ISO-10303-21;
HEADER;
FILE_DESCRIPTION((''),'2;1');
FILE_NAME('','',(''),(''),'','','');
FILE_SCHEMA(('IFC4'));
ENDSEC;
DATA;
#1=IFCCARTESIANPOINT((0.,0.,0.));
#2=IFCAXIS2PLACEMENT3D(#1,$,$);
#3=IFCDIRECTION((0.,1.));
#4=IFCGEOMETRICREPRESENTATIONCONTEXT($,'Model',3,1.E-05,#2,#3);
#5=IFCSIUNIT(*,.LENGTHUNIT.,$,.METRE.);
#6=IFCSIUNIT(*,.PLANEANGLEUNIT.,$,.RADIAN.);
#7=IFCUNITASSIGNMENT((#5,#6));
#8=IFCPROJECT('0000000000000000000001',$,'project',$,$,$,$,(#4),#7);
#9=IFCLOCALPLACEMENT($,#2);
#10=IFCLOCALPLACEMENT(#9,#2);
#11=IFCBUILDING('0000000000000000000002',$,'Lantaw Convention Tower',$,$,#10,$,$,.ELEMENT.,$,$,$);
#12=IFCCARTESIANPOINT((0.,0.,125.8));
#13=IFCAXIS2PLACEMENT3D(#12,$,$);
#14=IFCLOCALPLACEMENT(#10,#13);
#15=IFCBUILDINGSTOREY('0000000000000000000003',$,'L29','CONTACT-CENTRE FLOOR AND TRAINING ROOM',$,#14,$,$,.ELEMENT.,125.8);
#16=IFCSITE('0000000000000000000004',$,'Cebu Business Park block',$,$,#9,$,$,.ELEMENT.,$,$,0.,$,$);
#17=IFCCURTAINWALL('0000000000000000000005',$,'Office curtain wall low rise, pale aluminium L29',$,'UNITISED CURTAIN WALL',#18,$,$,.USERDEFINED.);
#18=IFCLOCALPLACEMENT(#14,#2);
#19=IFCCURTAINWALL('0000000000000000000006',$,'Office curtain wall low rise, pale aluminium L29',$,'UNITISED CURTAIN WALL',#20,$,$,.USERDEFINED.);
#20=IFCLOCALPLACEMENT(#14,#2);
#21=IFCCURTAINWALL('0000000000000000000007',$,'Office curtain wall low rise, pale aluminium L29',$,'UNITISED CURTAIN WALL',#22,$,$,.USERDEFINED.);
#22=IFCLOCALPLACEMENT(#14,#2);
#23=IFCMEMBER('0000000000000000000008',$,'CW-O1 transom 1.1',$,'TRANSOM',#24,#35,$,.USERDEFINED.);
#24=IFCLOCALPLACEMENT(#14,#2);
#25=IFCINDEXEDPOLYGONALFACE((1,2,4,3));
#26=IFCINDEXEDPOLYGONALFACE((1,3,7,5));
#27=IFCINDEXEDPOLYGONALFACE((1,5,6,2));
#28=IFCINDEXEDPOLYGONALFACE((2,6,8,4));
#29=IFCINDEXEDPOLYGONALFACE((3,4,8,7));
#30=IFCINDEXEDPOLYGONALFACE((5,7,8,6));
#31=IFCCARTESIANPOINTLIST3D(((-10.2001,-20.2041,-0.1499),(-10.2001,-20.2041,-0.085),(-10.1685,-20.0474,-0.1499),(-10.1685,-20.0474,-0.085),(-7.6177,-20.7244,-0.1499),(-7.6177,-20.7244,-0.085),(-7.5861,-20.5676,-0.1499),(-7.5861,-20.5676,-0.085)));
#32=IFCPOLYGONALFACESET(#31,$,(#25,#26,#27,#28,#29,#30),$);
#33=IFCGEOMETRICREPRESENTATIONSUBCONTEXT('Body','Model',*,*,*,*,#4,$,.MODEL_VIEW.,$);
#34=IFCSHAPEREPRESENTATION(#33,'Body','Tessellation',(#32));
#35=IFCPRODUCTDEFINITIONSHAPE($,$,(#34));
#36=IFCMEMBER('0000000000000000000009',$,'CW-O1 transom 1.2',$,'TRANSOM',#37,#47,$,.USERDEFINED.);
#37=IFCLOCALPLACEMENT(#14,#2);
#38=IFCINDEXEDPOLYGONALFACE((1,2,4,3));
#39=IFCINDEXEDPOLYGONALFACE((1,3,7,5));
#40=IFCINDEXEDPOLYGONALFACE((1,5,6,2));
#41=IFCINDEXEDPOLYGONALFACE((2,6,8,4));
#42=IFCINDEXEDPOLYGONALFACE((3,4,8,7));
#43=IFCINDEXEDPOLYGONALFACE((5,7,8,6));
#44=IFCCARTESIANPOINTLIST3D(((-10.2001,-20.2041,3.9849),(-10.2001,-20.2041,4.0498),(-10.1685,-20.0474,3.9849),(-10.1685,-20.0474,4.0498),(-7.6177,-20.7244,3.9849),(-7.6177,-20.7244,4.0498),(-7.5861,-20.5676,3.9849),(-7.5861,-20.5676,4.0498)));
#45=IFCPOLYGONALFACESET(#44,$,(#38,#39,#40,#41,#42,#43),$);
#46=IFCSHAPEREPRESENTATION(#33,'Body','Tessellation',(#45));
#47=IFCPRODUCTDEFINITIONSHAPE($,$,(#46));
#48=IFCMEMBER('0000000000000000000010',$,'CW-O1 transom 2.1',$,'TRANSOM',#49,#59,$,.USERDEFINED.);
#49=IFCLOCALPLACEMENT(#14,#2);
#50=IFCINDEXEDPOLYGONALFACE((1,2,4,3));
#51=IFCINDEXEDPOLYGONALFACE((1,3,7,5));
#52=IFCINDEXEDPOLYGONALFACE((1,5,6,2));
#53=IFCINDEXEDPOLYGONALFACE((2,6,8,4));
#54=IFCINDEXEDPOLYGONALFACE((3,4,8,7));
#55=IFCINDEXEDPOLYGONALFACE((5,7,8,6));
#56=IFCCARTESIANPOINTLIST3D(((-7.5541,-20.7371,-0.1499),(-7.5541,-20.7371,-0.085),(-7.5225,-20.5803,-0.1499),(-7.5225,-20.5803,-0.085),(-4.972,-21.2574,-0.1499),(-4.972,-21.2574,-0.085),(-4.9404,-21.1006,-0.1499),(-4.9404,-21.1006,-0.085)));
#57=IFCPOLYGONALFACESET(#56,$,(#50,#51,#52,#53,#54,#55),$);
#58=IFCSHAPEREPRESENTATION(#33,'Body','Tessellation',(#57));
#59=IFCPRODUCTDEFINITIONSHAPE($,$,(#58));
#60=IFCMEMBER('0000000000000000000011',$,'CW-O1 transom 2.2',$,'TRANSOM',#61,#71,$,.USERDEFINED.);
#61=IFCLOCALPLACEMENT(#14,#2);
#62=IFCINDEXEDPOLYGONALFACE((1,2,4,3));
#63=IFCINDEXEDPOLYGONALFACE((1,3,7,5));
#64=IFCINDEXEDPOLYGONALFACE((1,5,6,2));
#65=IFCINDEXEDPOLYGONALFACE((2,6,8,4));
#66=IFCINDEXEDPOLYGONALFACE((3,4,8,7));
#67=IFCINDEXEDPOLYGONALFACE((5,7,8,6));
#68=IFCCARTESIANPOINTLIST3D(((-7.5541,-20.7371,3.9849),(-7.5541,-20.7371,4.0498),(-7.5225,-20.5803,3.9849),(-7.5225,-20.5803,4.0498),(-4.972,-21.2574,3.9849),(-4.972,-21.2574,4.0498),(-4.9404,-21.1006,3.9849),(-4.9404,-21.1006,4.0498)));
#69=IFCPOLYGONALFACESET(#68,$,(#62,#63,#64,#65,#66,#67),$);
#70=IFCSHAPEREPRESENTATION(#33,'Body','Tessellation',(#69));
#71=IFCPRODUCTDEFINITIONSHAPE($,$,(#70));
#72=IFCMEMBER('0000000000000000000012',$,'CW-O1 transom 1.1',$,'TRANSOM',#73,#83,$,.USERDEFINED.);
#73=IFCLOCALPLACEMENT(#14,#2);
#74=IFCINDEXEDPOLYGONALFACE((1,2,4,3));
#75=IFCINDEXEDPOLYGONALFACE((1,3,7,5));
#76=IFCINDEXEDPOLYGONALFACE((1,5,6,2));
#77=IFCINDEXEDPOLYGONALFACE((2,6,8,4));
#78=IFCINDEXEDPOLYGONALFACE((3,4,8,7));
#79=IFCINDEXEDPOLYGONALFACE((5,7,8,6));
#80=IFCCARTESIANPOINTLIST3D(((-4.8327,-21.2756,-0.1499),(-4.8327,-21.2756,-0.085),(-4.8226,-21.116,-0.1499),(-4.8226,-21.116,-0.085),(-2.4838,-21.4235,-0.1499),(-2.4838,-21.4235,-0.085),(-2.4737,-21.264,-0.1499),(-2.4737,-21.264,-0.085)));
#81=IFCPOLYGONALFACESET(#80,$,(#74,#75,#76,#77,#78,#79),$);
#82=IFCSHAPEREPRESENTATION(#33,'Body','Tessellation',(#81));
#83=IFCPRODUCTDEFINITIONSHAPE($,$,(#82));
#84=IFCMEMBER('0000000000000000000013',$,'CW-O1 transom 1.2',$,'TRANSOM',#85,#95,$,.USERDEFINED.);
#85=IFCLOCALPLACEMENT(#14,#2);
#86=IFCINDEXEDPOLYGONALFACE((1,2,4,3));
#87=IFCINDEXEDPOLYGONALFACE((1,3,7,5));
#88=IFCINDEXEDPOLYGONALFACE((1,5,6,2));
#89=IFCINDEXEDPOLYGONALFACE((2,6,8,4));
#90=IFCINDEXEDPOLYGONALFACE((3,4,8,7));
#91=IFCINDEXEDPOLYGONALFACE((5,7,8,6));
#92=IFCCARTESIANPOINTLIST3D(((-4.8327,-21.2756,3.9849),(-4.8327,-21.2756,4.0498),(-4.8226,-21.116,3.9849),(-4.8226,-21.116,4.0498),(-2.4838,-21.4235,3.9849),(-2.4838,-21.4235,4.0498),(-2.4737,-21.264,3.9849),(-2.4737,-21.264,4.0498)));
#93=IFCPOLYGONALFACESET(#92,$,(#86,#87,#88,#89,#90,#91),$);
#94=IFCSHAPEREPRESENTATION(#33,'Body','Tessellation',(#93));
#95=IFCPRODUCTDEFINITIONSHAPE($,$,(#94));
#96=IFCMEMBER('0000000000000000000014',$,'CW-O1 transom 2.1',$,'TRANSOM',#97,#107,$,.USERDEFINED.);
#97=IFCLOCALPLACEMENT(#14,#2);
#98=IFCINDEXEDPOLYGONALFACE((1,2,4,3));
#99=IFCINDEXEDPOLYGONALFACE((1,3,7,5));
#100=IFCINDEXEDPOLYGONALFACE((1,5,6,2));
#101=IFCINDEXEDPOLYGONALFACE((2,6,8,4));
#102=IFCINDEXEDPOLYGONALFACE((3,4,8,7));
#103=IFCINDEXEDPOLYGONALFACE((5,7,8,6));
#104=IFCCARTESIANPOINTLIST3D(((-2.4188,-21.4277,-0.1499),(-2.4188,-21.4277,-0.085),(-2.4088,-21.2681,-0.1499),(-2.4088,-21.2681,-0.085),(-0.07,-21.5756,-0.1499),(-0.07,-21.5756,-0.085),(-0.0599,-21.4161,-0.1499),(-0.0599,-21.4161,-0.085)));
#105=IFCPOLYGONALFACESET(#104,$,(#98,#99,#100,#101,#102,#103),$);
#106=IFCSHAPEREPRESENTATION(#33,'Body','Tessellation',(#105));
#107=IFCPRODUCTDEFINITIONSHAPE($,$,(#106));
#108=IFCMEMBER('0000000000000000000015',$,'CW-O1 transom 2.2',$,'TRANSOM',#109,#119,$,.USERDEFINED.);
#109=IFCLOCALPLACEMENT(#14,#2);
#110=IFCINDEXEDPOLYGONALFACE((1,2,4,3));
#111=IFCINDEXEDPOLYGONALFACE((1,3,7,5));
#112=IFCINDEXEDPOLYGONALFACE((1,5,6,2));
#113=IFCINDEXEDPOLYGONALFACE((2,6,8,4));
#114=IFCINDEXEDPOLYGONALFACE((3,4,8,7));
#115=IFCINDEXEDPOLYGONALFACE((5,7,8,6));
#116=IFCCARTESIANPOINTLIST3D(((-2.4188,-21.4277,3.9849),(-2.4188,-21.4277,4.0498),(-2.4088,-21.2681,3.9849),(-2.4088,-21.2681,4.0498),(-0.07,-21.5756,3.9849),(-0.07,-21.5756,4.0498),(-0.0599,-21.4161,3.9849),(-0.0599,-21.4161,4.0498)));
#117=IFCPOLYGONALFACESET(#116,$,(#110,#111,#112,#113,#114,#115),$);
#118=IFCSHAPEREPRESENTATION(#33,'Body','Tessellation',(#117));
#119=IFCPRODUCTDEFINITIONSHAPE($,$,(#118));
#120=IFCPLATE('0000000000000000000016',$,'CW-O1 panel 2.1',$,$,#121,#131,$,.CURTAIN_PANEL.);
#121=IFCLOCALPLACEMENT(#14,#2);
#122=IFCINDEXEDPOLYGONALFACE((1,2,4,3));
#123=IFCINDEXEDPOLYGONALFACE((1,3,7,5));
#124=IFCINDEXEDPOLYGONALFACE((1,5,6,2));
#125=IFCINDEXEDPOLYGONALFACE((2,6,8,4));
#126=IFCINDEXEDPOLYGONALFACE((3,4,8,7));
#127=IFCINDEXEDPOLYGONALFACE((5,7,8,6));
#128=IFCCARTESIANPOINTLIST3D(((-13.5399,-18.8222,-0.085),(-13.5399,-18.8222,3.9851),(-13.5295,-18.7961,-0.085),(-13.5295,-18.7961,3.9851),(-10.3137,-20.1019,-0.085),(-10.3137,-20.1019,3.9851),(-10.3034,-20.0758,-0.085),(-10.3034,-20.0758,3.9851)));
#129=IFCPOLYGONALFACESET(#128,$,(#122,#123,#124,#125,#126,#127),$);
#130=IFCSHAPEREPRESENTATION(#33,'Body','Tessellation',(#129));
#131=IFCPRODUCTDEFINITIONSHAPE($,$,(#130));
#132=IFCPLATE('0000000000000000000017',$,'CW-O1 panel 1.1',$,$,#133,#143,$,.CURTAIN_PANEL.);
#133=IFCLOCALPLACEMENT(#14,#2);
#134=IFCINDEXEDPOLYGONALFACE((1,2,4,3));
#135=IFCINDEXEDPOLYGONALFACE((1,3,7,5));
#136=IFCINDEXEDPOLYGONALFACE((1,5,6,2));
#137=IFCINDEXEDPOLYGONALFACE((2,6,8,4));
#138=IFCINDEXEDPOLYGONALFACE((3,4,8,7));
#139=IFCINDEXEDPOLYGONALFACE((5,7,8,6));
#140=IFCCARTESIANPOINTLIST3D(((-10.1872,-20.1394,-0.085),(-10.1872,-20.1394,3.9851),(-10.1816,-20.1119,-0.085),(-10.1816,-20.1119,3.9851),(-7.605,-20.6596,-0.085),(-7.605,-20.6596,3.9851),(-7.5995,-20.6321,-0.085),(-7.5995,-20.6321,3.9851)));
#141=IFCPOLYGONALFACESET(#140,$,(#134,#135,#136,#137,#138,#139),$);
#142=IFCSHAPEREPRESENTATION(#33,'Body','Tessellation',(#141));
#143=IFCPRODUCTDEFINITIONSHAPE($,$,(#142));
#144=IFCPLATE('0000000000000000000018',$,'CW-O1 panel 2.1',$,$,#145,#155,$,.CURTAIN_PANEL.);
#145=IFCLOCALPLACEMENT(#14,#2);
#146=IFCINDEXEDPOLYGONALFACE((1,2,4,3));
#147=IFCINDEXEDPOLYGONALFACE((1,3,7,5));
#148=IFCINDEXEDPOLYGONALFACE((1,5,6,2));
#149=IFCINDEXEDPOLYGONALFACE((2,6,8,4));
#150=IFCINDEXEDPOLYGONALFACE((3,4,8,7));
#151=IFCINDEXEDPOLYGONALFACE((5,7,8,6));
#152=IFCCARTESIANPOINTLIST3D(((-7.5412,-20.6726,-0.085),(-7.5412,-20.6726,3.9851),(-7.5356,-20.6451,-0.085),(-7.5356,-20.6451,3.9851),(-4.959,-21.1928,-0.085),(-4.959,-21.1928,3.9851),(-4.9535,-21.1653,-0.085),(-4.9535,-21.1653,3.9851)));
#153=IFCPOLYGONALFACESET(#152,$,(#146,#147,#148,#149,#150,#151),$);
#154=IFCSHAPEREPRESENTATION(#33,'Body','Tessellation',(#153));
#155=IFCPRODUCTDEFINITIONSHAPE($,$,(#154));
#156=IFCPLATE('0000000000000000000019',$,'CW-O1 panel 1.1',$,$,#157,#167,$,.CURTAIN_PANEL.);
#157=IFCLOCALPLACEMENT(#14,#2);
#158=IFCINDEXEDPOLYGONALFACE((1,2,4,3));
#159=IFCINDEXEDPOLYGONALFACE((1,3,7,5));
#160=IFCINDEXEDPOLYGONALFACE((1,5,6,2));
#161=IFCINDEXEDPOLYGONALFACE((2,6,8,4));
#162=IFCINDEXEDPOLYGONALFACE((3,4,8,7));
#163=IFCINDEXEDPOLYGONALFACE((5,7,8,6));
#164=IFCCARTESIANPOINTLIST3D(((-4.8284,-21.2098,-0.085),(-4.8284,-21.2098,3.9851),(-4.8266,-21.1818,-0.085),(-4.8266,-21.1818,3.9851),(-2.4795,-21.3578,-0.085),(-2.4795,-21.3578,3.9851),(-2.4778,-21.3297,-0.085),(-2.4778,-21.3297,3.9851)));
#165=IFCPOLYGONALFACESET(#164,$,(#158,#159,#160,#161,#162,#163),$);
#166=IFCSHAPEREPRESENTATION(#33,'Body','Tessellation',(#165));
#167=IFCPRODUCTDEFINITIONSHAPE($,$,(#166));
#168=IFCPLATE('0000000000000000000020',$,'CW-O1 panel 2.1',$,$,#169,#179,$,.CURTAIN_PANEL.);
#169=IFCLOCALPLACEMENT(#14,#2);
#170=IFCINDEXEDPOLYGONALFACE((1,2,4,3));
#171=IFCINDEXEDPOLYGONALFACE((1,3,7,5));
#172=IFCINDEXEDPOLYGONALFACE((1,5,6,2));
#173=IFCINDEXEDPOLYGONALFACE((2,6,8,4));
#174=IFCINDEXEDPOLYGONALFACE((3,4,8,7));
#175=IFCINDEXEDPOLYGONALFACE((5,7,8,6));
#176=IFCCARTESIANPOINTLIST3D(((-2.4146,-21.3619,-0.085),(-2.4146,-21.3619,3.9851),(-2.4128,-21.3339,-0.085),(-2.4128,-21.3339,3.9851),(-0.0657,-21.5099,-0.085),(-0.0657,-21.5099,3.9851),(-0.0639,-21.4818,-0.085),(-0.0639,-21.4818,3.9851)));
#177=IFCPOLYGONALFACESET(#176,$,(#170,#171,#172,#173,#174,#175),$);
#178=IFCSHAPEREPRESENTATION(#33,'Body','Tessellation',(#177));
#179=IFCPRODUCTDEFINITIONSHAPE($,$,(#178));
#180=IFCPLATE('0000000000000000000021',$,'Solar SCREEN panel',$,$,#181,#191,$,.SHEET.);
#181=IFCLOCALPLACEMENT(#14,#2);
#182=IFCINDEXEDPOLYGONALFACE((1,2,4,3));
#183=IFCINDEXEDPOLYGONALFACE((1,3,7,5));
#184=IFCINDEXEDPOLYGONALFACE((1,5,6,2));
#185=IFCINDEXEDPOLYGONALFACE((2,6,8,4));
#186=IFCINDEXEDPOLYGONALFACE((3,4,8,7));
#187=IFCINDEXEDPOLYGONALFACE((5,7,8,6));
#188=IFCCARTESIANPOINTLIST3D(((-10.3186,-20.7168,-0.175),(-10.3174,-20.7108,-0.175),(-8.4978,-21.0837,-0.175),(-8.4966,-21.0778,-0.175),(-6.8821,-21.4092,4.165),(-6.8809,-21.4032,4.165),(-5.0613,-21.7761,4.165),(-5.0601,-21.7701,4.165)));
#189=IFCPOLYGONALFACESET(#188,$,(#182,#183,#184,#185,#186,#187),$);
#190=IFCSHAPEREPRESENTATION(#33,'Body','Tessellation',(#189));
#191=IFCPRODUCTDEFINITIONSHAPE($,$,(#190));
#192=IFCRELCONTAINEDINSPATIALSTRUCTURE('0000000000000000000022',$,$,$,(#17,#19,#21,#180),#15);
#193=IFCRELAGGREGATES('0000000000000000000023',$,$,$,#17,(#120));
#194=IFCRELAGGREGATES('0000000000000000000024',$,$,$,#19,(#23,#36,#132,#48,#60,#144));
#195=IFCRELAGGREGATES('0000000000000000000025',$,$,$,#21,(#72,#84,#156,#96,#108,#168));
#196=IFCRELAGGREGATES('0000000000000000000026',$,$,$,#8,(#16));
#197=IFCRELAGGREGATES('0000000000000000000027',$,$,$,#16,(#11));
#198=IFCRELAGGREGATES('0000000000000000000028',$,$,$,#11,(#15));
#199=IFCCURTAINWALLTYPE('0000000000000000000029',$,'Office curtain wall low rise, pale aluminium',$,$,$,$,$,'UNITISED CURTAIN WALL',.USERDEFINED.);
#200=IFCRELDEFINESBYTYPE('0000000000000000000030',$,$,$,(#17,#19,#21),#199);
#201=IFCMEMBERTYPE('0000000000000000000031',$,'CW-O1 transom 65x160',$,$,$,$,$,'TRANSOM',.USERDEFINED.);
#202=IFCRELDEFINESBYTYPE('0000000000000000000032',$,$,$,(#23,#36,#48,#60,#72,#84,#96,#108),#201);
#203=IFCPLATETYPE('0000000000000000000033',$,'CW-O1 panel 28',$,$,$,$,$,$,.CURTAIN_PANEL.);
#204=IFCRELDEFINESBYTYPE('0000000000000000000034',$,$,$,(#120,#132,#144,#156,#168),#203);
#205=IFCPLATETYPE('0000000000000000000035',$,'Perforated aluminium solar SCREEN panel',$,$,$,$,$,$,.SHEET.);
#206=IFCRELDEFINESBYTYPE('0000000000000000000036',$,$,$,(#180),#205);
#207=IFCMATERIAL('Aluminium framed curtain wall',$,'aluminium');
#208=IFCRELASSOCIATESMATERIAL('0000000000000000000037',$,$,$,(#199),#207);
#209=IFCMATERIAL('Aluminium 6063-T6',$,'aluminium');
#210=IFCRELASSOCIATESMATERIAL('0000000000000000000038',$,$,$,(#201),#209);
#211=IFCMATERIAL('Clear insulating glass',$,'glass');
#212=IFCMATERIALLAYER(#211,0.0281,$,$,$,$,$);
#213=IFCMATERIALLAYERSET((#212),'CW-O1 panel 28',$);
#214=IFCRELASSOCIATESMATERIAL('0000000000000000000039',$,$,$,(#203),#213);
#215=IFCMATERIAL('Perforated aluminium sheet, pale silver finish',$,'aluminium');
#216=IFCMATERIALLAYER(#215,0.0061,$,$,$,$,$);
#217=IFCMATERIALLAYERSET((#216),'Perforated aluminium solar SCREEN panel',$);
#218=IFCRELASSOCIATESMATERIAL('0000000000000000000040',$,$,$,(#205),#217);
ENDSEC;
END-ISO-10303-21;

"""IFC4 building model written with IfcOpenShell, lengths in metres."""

from ifc_helpers import new_model, si_unit, direction, frame, origin, origin_2d, place, context, subcontext, project, spatial, polyline, rectangle, outline, extrude, material, layer, layer_set, material_profile, profile_set, type_object, element, aggregate, save


model = new_model("IFC4")

# Units and contexts
model_context = context("Model", 3, precision=1e-05, world=origin(), true_north=direction((0.0, 1.0)))
body_context = subcontext(model_context, "Body", "Model", "MODEL_VIEW")
ifc_project = project(units=[si_unit("LENGTHUNIT", "METRE"), si_unit("PLANEANGLEUNIT", "RADIAN")], contexts=[model_context])

# Site, building, storey
site_placement = place(None, origin())
site = spatial("IfcSite", under=ifc_project, at=site_placement, Name="Cebu Business Park block", CompositionType="ELEMENT", RefElevation=0.0)
building_placement = place(site_placement, origin())
building = spatial("IfcBuilding", under=site, at=building_placement, Name="Lantaw Convention Tower", CompositionType="ELEMENT")
storey_placement = place(building_placement, frame((0.0, 0.0, 125.8)))
storey = spatial("IfcBuildingStorey", under=building, at=storey_placement, Name="L29", Description="CONTACT-CENTRE FLOOR AND TRAINING ROOM", CompositionType="ELEMENT", Elevation=125.8)

# Curtain wall
ifc_material_1 = material(Name="Aluminium framed curtain wall", Category="aluminium")
curtain_wall_type = type_object("IfcCurtainWallType", Name="Office curtain wall low rise, pale aluminium", ElementType="UNITISED CURTAIN WALL", PredefinedType="USERDEFINED", material=ifc_material_1)
curtain_wall_1_placement = place(storey_placement, origin())
curtain_wall_1 = element("IfcCurtainWall", 1, at=curtain_wall_1_placement, inside=storey, type_object=curtain_wall_type, Name="Office curtain wall low rise, pale aluminium L29", ObjectType="UNITISED CURTAIN WALL", PredefinedType="USERDEFINED")
ifc_material_2 = material(Name="Aluminium 6063-T6", Category="aluminium")

# Curtain walls
curtain_wall_2_placement = place(storey_placement, origin())
curtain_wall_2 = element("IfcCurtainWall", 2, at=curtain_wall_2_placement, inside=storey, type_object=curtain_wall_type, Name="Office curtain wall low rise, pale aluminium L29", ObjectType="UNITISED CURTAIN WALL", PredefinedType="USERDEFINED")
curtain_wall_3_placement = place(storey_placement, origin())
curtain_wall_3 = element("IfcCurtainWall", 3, at=curtain_wall_3_placement, inside=storey, type_object=curtain_wall_type, Name="Office curtain wall low rise, pale aluminium L29", ObjectType="UNITISED CURTAIN WALL", PredefinedType="USERDEFINED")

# Members
ifc_material_profile_1 = material_profile(ifc_material_2, rectangle(XDim=0.1599, YDim=0.0649, at=origin_2d()), Name="CW-O1 transom 65x160")
ifc_profile_set_1 = profile_set([ifc_material_profile_1], Name="Aluminium 6063-T6")
member_type_1 = type_object("IfcMemberType", Name="CW-O1 transom 65x160", ElementType="TRANSOM", PredefinedType="USERDEFINED", material=ifc_profile_set_1)
member_1_placement = place(storey_placement, frame((-10.1843, -20.1257, -0.1174), z_axis=(0.980302, -0.197506, 0.0), x_axis=(0.197506, 0.980302, 0.0)))
member_1 = element("IfcMember", 4, at=member_1_placement, type_object=member_type_1, Name="CW-O1 transom 1.1", ObjectType="TRANSOM", PredefinedType="USERDEFINED", context=body_context, shape_type="SweptSolid", body=[
    extrude(rectangle(XDim=0.1599, YDim=0.0649, at=origin_2d()), origin(), (0.0, 0.0, 1.0), 2.6343),
])
member_2_placement = place(storey_placement, frame((-10.1843, -20.1257, 4.0173), z_axis=(0.980302, -0.197506, 0.0), x_axis=(0.197506, 0.980302, 0.0)))
member_2 = element("IfcMember", 5, at=member_2_placement, type_object=member_type_1, Name="CW-O1 transom 1.2", ObjectType="TRANSOM", PredefinedType="USERDEFINED", context=body_context, shape_type="SweptSolid", body=[
    extrude(rectangle(XDim=0.1599, YDim=0.0649, at=origin_2d()), origin(), (0.0, 0.0, 1.0), 2.6343),
])
member_3_placement = place(storey_placement, frame((-7.5383, -20.6587, -0.1174), z_axis=(0.980298, -0.197524, 0.0), x_axis=(0.197524, 0.980298, 0.0)))
member_3 = element("IfcMember", 6, at=member_3_placement, type_object=member_type_1, Name="CW-O1 transom 2.1", ObjectType="TRANSOM", PredefinedType="USERDEFINED", context=body_context, shape_type="SweptSolid", body=[
    extrude(rectangle(XDim=0.1599, YDim=0.0649, at=origin_2d()), origin(), (0.0, 0.0, 1.0), 2.634),
])
member_4_placement = place(storey_placement, frame((-7.5383, -20.6587, 4.0173), z_axis=(0.980298, -0.197524, 0.0), x_axis=(0.197524, 0.980298, 0.0)))
member_4 = element("IfcMember", 7, at=member_4_placement, type_object=member_type_1, Name="CW-O1 transom 2.2", ObjectType="TRANSOM", PredefinedType="USERDEFINED", context=body_context, shape_type="SweptSolid", body=[
    extrude(rectangle(XDim=0.1599, YDim=0.0649, at=origin_2d()), origin(), (0.0, 0.0, 1.0), 2.634),
])
member_5_placement = place(storey_placement, frame((-4.8276, -21.1958, -0.1174), z_axis=(0.998022, -0.062863, 0.0), x_axis=(0.062863, 0.998022, 0.0)))
member_5 = element("IfcMember", 8, at=member_5_placement, type_object=member_type_1, Name="CW-O1 transom 1.1", ObjectType="TRANSOM", PredefinedType="USERDEFINED", context=body_context, shape_type="SweptSolid", body=[
    extrude(rectangle(XDim=0.1599, YDim=0.0649, at=origin_2d()), origin(), (0.0, 0.0, 1.0), 2.3535),
])
member_6_placement = place(storey_placement, frame((-4.8276, -21.1958, 4.0173), z_axis=(0.998022, -0.062863, 0.0), x_axis=(0.062863, 0.998022, 0.0)))
member_6 = element("IfcMember", 9, at=member_6_placement, type_object=member_type_1, Name="CW-O1 transom 1.2", ObjectType="TRANSOM", PredefinedType="USERDEFINED", context=body_context, shape_type="SweptSolid", body=[
    extrude(rectangle(XDim=0.1599, YDim=0.0649, at=origin_2d()), origin(), (0.0, 0.0, 1.0), 2.3535),
])
member_7_placement = place(storey_placement, frame((-2.4138, -21.3479, -0.1174), z_axis=(0.998022, -0.062863, 0.0), x_axis=(0.062863, 0.998022, 0.0)))
member_7 = element("IfcMember", 10, at=member_7_placement, type_object=member_type_1, Name="CW-O1 transom 2.1", ObjectType="TRANSOM", PredefinedType="USERDEFINED", context=body_context, shape_type="SweptSolid", body=[
    extrude(rectangle(XDim=0.1599, YDim=0.0649, at=origin_2d()), origin(), (0.0, 0.0, 1.0), 2.3535),
])
member_8_placement = place(storey_placement, frame((-2.4138, -21.3479, 4.0173), z_axis=(0.998022, -0.062863, 0.0), x_axis=(0.062863, 0.998022, 0.0)))
member_8 = element("IfcMember", 11, at=member_8_placement, type_object=member_type_1, Name="CW-O1 transom 2.2", ObjectType="TRANSOM", PredefinedType="USERDEFINED", context=body_context, shape_type="SweptSolid", body=[
    extrude(rectangle(XDim=0.1599, YDim=0.0649, at=origin_2d()), origin(), (0.0, 0.0, 1.0), 2.3535),
])

# Plates
ifc_material_3 = material(Name="Clear insulating glass", Category="glass")
ifc_layer_1 = layer(ifc_material_3, 0.0281)
ifc_layer_set_1 = layer_set([ifc_layer_1], Name="CW-O1 panel 28")
plate_type_1 = type_object("IfcPlateType", Name="CW-O1 panel 28", PredefinedType="CURTAIN_PANEL", material=ifc_layer_set_1)
plate_1_placement = place(storey_placement, frame((-11.9216, -19.449, -0.085), z_axis=(0.0, 0.0, 1.0), x_axis=(0.929548, -0.368702, 0.0)))
plate_1 = element("IfcPlate", 12, at=plate_1_placement, type_object=plate_type_1, Name="CW-O1 panel 2.1", PredefinedType="CURTAIN_PANEL", context=body_context, shape_type="SweptSolid", body=[
    extrude(rectangle(XDim=3.4707, YDim=0.0281, at=origin_2d()), origin(), (0.0, 0.0, 1.0), 4.0701),
])
aggregate(curtain_wall_1, [plate_1])
plate_2_placement = place(storey_placement, frame((-8.8933, -20.3857, -0.085), z_axis=(0.0, 0.0, 1.0), x_axis=(0.980302, -0.197507, 0.0)))
plate_2 = element("IfcPlate", 13, at=plate_2_placement, type_object=plate_type_1, Name="CW-O1 panel 1.1", PredefinedType="CURTAIN_PANEL", context=body_context, shape_type="SweptSolid", body=[
    extrude(rectangle(XDim=2.634, YDim=0.0281, at=origin_2d()), origin(), (0.0, 0.0, 1.0), 4.0701),
])
plate_3_placement = place(storey_placement, frame((-6.2473, -20.9189, -0.085), z_axis=(0.0, 0.0, 1.0), x_axis=(0.980302, -0.197507, 0.0)))
plate_3 = element("IfcPlate", 14, at=plate_3_placement, type_object=plate_type_1, Name="CW-O1 panel 2.1", PredefinedType="CURTAIN_PANEL", context=body_context, shape_type="SweptSolid", body=[
    extrude(rectangle(XDim=2.634, YDim=0.0281, at=origin_2d()), origin(), (0.0, 0.0, 1.0), 4.0701),
])
aggregate(curtain_wall_2, [member_1, member_2, plate_2, member_3, member_4, plate_3])
plate_4_placement = place(storey_placement, frame((-3.6531, -21.2698, -0.085), z_axis=(0.0, 0.0, 1.0), x_axis=(0.998022, -0.062865, 0.0)))
plate_4 = element("IfcPlate", 15, at=plate_4_placement, type_object=plate_type_1, Name="CW-O1 panel 1.1", PredefinedType="CURTAIN_PANEL", context=body_context, shape_type="SweptSolid", body=[
    extrude(rectangle(XDim=2.3535, YDim=0.0281, at=origin_2d()), origin(), (0.0, 0.0, 1.0), 4.0701),
])
plate_5_placement = place(storey_placement, frame((-1.2393, -21.4219, -0.085), z_axis=(0.0, 0.0, 1.0), x_axis=(0.998022, -0.062865, 0.0)))
plate_5 = element("IfcPlate", 16, at=plate_5_placement, type_object=plate_type_1, Name="CW-O1 panel 2.1", PredefinedType="CURTAIN_PANEL", context=body_context, shape_type="SweptSolid", body=[
    extrude(rectangle(XDim=2.3535, YDim=0.0281, at=origin_2d()), origin(), (0.0, 0.0, 1.0), 4.0701),
])
aggregate(curtain_wall_3, [member_5, member_6, plate_4, member_7, member_8, plate_5])

# Plate
ifc_material_4 = material(Name="Perforated aluminium sheet, pale silver finish", Category="aluminium")
ifc_layer_2 = layer(ifc_material_4, 0.0061)
ifc_layer_set_2 = layer_set([ifc_layer_2], Name="Perforated aluminium solar SCREEN panel")
plate_type_2 = type_object("IfcPlateType", Name="Perforated aluminium solar SCREEN panel", PredefinedType="SHEET", material=ifc_layer_set_2)
plate_6_placement = place(storey_placement, frame((-10.3186, -20.7168, -0.175), z_axis=(-0.197557, -0.980291, 0.000039), x_axis=(0.980291, -0.197557, 0.0)))
element("IfcPlate", 17, at=plate_6_placement, inside=storey, type_object=plate_type_2, Name="Solar SCREEN panel", PredefinedType="SHEET", context=body_context, shape_type="SweptSolid", body=[
    extrude(outline(polyline([(0.0, 0.0), (1.8574, 0.0), (5.363, 4.3401), (3.5056, 4.3401), (0.0, 0.0)])), origin(), (0.0, 0.0, -1.0), 0.0061),
])

save(model, "model.ifc")
